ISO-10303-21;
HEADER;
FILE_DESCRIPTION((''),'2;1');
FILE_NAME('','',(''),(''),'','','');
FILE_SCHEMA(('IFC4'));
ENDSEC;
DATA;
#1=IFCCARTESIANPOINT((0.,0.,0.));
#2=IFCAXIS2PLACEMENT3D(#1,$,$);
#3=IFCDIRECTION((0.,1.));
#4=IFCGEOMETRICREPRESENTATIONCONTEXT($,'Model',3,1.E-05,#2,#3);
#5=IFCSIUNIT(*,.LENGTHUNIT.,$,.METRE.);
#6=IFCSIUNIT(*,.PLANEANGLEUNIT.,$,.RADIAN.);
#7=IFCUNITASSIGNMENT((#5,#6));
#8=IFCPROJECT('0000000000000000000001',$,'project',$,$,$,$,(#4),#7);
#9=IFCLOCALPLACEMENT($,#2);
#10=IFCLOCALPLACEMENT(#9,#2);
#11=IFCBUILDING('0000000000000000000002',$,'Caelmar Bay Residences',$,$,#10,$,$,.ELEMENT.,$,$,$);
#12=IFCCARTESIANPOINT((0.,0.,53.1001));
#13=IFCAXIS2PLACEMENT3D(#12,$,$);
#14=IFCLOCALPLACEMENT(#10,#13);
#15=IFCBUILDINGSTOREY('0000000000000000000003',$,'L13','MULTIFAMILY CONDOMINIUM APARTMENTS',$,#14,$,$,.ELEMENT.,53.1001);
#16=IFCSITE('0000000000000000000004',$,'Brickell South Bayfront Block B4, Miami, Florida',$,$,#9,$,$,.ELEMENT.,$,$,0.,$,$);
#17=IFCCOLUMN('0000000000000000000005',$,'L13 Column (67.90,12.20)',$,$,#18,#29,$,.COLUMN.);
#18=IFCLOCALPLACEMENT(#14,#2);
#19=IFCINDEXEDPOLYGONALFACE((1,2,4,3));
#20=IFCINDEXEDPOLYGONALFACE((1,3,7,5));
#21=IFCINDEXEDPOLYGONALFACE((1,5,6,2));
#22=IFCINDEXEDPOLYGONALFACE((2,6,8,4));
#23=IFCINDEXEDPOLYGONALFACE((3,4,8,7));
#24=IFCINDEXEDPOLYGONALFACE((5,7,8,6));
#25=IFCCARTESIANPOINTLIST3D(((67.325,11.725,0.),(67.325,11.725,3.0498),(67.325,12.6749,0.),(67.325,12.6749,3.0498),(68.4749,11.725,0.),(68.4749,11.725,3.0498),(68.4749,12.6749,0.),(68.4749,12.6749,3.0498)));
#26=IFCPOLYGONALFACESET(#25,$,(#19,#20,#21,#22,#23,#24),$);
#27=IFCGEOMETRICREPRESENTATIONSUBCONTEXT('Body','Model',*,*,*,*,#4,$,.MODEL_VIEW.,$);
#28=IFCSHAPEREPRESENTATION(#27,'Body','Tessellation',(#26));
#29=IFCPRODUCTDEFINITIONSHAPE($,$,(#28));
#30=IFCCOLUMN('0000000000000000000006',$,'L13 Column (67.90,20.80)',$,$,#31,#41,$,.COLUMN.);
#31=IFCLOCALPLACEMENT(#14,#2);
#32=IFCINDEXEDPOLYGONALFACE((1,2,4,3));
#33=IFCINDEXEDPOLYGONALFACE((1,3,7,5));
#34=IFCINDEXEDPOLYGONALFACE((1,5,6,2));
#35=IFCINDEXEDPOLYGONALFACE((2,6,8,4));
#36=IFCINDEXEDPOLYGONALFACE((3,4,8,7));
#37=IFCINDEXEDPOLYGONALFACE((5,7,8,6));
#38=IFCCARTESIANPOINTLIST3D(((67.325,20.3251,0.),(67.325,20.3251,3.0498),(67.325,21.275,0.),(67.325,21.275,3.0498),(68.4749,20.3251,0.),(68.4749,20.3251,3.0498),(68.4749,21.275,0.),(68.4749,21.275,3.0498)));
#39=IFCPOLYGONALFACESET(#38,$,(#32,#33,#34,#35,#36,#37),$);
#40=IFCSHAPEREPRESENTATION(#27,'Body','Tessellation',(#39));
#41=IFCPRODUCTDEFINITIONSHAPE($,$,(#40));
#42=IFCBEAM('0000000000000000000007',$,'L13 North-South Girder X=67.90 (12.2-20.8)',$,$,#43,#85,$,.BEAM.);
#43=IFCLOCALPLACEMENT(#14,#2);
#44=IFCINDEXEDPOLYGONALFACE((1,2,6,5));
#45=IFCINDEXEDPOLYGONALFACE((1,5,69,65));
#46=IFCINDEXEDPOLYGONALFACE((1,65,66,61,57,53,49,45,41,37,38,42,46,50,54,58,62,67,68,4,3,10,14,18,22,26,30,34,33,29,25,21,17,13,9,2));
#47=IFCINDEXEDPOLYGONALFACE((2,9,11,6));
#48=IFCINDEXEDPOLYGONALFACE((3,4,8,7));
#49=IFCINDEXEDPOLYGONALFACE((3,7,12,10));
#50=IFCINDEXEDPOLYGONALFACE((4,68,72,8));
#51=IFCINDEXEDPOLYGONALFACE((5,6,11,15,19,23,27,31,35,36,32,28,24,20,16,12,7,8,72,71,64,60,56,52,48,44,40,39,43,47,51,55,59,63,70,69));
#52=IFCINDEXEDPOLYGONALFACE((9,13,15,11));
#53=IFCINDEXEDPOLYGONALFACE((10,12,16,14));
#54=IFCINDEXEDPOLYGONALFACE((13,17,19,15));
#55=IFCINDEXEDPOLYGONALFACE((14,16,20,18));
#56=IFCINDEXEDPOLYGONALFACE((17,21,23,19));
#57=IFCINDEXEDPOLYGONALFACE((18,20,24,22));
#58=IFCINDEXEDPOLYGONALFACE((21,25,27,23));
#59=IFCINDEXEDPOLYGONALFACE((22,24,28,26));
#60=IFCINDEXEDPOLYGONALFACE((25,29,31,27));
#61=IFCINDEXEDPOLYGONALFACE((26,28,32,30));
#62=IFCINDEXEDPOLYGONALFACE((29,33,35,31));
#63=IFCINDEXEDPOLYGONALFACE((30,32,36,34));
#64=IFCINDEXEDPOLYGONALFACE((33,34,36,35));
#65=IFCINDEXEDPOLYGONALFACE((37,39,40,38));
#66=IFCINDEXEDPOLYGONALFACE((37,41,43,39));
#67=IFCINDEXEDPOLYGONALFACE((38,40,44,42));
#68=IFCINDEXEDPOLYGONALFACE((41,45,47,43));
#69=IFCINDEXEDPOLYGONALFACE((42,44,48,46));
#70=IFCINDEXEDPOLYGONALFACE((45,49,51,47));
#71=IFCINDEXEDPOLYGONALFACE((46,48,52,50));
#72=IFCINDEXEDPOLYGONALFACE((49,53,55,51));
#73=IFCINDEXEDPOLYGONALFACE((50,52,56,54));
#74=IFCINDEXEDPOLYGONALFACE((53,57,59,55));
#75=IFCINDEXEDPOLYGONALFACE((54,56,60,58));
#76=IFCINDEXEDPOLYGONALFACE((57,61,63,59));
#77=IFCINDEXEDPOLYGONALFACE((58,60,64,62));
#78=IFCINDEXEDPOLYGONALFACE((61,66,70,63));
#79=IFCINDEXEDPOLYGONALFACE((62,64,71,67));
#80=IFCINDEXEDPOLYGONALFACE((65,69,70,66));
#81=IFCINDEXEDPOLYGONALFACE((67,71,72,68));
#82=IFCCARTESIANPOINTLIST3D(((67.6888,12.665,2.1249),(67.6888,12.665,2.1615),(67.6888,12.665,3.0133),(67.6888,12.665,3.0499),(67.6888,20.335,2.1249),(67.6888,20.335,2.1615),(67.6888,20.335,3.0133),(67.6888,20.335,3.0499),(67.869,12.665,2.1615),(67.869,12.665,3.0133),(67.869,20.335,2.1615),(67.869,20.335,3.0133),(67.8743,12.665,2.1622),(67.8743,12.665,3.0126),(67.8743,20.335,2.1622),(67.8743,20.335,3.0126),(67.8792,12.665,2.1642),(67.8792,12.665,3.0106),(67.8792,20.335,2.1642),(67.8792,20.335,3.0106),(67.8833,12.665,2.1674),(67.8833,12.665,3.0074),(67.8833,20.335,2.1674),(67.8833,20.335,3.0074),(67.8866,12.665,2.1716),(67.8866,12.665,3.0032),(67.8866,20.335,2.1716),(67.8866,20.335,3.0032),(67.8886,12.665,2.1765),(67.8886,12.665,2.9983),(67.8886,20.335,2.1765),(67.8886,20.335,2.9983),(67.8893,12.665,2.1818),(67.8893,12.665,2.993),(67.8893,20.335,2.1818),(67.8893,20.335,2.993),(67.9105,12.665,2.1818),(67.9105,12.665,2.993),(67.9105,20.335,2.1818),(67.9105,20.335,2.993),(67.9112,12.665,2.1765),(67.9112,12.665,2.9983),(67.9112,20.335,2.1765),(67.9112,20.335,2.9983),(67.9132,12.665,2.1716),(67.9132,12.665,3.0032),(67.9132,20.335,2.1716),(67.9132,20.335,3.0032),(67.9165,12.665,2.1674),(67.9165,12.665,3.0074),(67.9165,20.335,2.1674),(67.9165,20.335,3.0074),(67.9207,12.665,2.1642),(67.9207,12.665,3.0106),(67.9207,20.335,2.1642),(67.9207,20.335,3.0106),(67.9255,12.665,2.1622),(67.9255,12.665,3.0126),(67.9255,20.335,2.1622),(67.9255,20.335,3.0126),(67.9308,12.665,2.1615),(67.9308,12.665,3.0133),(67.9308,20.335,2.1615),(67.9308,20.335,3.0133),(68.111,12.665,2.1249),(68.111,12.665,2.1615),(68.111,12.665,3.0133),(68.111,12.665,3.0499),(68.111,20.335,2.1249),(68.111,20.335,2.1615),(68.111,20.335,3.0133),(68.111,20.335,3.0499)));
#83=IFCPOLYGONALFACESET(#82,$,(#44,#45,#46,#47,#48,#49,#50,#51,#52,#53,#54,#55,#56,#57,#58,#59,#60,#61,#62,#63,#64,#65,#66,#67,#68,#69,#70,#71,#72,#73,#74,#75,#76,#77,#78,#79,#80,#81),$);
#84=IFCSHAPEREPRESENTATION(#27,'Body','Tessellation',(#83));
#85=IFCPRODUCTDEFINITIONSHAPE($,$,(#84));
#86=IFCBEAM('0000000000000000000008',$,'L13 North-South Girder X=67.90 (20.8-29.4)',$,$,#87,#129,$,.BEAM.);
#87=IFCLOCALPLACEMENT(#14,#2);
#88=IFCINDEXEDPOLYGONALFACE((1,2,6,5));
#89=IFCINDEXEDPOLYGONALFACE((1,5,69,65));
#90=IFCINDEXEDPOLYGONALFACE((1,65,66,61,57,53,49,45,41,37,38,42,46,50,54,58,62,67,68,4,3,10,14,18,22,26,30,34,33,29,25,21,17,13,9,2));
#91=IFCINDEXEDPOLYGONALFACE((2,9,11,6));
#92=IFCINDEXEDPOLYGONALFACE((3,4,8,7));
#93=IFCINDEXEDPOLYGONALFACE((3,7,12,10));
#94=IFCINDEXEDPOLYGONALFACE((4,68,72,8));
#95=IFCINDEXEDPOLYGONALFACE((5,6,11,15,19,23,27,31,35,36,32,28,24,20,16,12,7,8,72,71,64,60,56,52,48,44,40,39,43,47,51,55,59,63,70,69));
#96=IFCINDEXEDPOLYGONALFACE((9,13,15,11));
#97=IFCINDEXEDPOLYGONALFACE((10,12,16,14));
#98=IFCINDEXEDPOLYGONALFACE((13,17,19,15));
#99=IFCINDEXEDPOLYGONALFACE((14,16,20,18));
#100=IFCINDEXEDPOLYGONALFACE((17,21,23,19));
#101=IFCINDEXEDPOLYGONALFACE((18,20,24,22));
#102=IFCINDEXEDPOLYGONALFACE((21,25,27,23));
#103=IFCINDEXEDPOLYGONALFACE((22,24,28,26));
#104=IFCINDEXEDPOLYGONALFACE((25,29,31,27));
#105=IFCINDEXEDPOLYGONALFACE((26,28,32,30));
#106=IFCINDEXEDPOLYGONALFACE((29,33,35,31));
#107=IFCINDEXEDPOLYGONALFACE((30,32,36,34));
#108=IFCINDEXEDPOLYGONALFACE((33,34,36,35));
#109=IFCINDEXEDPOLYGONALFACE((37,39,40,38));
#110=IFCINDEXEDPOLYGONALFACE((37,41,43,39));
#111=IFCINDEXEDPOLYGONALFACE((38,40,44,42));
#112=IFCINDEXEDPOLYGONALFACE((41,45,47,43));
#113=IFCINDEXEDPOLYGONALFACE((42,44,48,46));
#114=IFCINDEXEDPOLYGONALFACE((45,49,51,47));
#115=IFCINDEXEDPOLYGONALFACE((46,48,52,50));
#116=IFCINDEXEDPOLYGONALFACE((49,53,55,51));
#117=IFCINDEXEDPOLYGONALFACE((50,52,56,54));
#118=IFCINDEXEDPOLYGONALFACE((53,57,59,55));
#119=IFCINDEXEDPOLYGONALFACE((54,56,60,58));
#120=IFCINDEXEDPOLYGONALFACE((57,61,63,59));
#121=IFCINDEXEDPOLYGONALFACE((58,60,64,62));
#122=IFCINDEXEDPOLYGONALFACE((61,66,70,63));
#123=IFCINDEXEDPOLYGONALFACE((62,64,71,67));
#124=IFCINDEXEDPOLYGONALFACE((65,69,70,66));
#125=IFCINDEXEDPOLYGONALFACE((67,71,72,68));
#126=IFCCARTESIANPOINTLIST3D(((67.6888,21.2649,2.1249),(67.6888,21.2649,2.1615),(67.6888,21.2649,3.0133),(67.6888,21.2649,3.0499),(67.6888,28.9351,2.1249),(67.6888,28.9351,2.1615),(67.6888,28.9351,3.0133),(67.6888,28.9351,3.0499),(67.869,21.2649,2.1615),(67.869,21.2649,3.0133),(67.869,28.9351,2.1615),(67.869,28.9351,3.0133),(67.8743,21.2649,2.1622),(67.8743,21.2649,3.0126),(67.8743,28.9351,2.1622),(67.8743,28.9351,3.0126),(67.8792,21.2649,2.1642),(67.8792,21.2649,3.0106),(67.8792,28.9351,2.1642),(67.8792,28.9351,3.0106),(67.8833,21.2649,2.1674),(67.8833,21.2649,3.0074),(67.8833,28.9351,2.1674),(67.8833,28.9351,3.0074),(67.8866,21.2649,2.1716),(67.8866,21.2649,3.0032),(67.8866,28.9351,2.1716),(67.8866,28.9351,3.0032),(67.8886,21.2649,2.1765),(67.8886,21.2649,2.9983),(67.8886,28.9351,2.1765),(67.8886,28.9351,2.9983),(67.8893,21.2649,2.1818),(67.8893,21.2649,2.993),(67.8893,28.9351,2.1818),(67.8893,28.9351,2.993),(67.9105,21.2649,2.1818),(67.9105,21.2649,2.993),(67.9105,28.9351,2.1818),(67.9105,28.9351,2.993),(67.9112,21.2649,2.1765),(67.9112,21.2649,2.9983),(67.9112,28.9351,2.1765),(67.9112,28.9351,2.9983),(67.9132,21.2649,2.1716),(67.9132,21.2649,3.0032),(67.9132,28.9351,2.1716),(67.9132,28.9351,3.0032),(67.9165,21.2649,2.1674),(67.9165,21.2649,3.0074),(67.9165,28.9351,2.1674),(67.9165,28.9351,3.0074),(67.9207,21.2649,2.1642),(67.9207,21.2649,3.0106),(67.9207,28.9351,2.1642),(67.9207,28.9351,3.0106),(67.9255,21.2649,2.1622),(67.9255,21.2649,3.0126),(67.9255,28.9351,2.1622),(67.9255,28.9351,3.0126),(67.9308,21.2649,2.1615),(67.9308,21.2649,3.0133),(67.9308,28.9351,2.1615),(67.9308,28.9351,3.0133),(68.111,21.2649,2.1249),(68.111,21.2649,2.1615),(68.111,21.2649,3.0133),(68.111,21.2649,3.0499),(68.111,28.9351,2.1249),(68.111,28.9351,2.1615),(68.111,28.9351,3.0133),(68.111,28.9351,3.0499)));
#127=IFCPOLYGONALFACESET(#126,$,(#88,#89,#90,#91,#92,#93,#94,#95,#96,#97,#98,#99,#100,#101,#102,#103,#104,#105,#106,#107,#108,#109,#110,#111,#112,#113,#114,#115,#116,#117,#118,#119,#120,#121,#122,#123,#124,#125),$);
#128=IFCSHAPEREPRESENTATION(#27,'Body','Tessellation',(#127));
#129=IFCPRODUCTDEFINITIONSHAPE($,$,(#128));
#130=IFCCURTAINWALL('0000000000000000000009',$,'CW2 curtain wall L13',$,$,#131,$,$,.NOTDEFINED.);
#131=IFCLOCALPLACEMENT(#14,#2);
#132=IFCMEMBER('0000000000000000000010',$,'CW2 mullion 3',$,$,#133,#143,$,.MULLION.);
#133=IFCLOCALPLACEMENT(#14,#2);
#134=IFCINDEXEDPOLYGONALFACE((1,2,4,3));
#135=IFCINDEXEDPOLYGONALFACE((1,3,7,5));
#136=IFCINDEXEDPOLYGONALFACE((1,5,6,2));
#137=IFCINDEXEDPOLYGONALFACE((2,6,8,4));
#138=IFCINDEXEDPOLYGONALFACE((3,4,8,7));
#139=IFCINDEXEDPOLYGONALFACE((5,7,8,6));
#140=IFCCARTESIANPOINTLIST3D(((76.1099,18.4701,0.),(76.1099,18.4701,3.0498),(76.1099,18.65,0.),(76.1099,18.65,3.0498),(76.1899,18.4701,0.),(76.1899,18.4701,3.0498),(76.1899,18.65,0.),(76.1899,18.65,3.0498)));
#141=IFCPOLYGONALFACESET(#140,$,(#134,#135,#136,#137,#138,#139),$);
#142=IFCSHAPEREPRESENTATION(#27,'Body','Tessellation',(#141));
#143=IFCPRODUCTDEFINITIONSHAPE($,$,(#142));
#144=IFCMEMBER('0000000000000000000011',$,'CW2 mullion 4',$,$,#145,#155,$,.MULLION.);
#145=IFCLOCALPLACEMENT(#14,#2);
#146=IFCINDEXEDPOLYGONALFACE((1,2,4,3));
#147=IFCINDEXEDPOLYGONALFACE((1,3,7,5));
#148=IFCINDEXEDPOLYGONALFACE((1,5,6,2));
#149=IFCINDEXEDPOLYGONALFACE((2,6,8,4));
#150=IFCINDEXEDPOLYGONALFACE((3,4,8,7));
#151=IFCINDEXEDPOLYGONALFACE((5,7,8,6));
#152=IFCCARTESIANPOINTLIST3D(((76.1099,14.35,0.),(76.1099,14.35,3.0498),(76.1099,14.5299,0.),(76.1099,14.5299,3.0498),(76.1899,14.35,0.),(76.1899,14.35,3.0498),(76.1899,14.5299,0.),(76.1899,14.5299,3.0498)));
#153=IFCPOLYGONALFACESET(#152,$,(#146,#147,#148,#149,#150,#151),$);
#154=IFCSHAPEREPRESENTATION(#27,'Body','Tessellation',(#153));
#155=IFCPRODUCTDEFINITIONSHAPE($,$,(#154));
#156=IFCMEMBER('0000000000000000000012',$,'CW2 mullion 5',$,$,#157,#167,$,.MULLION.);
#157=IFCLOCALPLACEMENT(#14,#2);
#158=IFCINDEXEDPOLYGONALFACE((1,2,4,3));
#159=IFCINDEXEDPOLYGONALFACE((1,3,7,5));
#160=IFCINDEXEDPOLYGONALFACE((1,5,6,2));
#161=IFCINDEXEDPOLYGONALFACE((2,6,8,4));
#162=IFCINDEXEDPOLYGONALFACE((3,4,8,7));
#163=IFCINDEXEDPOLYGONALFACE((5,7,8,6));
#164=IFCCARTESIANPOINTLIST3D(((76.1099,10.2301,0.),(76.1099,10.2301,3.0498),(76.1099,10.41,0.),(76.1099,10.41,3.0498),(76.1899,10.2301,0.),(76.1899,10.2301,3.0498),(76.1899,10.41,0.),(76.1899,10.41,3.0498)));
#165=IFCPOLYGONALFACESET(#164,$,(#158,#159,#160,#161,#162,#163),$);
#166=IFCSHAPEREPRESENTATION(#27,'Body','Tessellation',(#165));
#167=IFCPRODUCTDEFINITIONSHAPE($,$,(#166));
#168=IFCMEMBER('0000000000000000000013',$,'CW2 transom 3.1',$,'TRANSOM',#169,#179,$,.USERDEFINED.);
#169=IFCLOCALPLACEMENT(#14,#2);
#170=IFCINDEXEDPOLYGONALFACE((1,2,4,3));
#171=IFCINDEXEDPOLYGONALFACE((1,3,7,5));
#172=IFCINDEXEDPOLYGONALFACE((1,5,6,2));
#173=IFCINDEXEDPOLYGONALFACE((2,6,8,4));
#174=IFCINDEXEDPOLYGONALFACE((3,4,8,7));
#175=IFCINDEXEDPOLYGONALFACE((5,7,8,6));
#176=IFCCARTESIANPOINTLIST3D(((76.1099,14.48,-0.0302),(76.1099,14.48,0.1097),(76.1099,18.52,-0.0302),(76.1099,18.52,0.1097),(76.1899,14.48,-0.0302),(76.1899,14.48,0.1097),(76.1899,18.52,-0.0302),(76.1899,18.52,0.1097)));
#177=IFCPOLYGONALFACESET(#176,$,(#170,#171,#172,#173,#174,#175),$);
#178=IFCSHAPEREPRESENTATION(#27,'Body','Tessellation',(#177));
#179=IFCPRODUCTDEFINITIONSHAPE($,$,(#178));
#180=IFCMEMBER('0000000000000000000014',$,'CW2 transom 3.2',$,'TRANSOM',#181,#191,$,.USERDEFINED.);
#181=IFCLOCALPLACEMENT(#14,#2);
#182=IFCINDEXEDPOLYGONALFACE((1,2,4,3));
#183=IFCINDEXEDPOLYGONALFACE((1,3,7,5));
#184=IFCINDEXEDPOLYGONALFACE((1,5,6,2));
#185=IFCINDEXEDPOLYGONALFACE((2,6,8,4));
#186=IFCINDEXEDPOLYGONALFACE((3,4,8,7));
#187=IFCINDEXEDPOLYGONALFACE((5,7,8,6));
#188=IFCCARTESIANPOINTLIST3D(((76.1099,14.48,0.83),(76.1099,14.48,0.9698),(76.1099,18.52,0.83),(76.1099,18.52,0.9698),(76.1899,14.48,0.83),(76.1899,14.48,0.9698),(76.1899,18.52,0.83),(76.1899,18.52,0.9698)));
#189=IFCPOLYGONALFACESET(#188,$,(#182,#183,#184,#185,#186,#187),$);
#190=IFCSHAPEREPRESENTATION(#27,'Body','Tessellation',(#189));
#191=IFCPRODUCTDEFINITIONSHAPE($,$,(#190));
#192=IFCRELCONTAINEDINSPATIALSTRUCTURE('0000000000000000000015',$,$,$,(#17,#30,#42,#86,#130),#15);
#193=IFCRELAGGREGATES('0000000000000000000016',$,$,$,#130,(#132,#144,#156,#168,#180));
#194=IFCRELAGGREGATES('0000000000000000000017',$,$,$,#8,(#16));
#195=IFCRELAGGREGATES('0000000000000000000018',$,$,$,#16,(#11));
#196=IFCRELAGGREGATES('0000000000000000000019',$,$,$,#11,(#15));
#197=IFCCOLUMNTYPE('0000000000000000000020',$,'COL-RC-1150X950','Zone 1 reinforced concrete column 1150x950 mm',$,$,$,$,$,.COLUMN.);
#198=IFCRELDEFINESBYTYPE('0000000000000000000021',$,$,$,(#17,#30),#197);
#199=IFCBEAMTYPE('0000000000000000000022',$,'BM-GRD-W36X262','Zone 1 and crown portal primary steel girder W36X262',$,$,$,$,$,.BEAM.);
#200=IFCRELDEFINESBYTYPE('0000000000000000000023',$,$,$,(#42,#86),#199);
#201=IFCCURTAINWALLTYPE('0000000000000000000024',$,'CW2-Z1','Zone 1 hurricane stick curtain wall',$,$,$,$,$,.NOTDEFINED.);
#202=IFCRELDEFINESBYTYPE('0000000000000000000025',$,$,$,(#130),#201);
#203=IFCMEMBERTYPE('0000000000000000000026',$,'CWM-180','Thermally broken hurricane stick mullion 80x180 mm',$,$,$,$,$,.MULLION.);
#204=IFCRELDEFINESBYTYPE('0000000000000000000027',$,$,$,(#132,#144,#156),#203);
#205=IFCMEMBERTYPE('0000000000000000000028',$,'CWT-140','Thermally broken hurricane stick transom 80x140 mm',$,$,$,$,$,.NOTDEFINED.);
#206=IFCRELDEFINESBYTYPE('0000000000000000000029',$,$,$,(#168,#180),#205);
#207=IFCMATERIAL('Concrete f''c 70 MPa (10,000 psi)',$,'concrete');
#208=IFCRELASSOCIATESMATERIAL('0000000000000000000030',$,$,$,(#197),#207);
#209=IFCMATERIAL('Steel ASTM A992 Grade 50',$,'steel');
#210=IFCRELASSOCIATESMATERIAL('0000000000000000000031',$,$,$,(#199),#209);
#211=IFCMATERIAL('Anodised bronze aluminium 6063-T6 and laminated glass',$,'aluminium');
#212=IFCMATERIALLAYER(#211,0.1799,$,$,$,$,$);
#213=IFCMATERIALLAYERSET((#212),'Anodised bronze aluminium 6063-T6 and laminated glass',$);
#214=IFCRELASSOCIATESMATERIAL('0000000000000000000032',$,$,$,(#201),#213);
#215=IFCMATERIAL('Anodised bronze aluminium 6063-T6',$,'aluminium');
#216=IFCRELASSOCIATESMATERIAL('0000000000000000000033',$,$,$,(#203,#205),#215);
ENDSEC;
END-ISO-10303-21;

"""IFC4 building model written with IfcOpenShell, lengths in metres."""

from ifc_helpers import new_model, si_unit, direction, frame, origin, origin_2d, place, context, subcontext, project, spatial, rectangle, i_section, extrude, material, layer, layer_set, material_profile, profile_set, type_object, element, aggregate, save


model = new_model("IFC4")

# Units and contexts
model_context = context("Model", 3, precision=1e-05, world=origin(), true_north=direction((0.0, 1.0)))
body_context = subcontext(model_context, "Body", "Model", "MODEL_VIEW")
ifc_project = project(units=[si_unit("LENGTHUNIT", "METRE"), si_unit("PLANEANGLEUNIT", "RADIAN")], contexts=[model_context])

# Site, building, storey
site_placement = place(None, origin())
site = spatial("IfcSite", under=ifc_project, at=site_placement, Name="Brickell South Bayfront Block B4, Miami, Florida", CompositionType="ELEMENT", RefElevation=0.0)
building_placement = place(site_placement, origin())
building = spatial("IfcBuilding", under=site, at=building_placement, Name="Caelmar Bay Residences", CompositionType="ELEMENT")
storey_placement = place(building_placement, frame((0.0, 0.0, 53.1001)))
storey = spatial("IfcBuildingStorey", under=building, at=storey_placement, Name="L13", Description="MULTIFAMILY CONDOMINIUM APARTMENTS", CompositionType="ELEMENT", Elevation=53.1001)

# Columns
ifc_material_1 = material(Name="Concrete f'c 70 MPa (10,000 psi)", Category="concrete")
ifc_material_profile_1 = material_profile(ifc_material_1, rectangle(XDim=1.1499, YDim=0.95, at=origin_2d()), Name="RC-COL-1150X950")
ifc_profile_set_1 = profile_set([ifc_material_profile_1], Name="Concrete f'c 70 MPa (10,000 psi)")
column_type = type_object("IfcColumnType", Name="COL-RC-1150X950", Description="Zone 1 reinforced concrete column 1150x950 mm", PredefinedType="COLUMN", material=ifc_profile_set_1)
for number, where, z_axis, x_axis, name in (
    (1, (67.8999, 12.2, 0.0), (0.0, 0.0, 1.0), (1.0, 0.0, 0.0), "L13 Column (67.90,12.20)"),
    (2, (67.8999, 20.8, 0.0), (0.0, 0.0, 1.0), (1.0, 0.0, 0.0), "L13 Column (67.90,20.80)"),
):
    element("IfcColumn", number, at=place(storey_placement, frame(where, z_axis=z_axis, x_axis=x_axis)), inside=storey, type_object=column_type, Name=name, PredefinedType="COLUMN", context=body_context, shape_type="SweptSolid", body=[
        extrude(rectangle(XDim=1.1499, YDim=0.95, at=origin_2d()), origin(), (0.0, 0.0, 1.0), 3.0498),
    ])

# Beams
ifc_material_2 = material(Name="Steel ASTM A992 Grade 50", Category="steel")
ifc_material_profile_2 = material_profile(ifc_material_2, i_section(OverallWidth=0.4221, OverallDepth=0.925, WebThickness=0.0212, FlangeThickness=0.0366, FilletRadius=0.0203, at=origin_2d()), Name="W36X262")
ifc_profile_set_2 = profile_set([ifc_material_profile_2], Name="Steel ASTM A992 Grade 50")
beam_type = type_object("IfcBeamType", Name="BM-GRD-W36X262", Description="Zone 1 and crown portal primary steel girder W36X262", PredefinedType="BEAM", material=ifc_profile_set_2)
beam_1_placement = place(storey_placement, frame((67.8999, 12.665, 2.5874), z_axis=(0.0, 1.0, 0.0), x_axis=(-1.0, 0.0, 0.0)))
element("IfcBeam", 3, at=beam_1_placement, inside=storey, type_object=beam_type, Name="L13 North-South Girder X=67.90 (12.2-20.8)", PredefinedType="BEAM", context=body_context, shape_type="SweptSolid", body=[
    extrude(i_section(OverallWidth=0.4221, OverallDepth=0.925, WebThickness=0.0212, FlangeThickness=0.0366, FilletRadius=0.0203, at=origin_2d()), origin(), (0.0, 0.0, 1.0), 7.6699),
])
beam_2_placement = place(storey_placement, frame((67.8999, 21.2649, 2.5874), z_axis=(0.0, 1.0, 0.0), x_axis=(-1.0, 0.0, 0.0)))
element("IfcBeam", 4, at=beam_2_placement, inside=storey, type_object=beam_type, Name="L13 North-South Girder X=67.90 (20.8-29.4)", PredefinedType="BEAM", context=body_context, shape_type="SweptSolid", body=[
    extrude(i_section(OverallWidth=0.4221, OverallDepth=0.925, WebThickness=0.0212, FlangeThickness=0.0366, FilletRadius=0.0203, at=origin_2d()), origin(), (0.0, 0.0, 1.0), 7.6702),
])

# Curtain wall, members
ifc_material_3 = material(Name="Anodised bronze aluminium 6063-T6 and laminated glass", Category="aluminium")
ifc_layer_1 = layer(ifc_material_3, 0.1799)
ifc_layer_set_1 = layer_set([ifc_layer_1], Name="Anodised bronze aluminium 6063-T6 and laminated glass")
curtain_wall_type = type_object("IfcCurtainWallType", Name="CW2-Z1", Description="Zone 1 hurricane stick curtain wall", PredefinedType="NOTDEFINED", material=ifc_layer_set_1)
curtain_wall_placement = place(storey_placement, origin())
curtain_wall = element("IfcCurtainWall", 5, at=curtain_wall_placement, inside=storey, type_object=curtain_wall_type, Name="CW2 curtain wall L13", PredefinedType="NOTDEFINED")
ifc_material_4 = material(Name="Anodised bronze aluminium 6063-T6", Category="aluminium")
ifc_material_profile_3 = material_profile(ifc_material_4, rectangle(XDim=0.0801, YDim=0.1799, at=origin_2d()), Name="CWM-80X180")
ifc_profile_set_3 = profile_set([ifc_material_profile_3], Name="Anodised bronze aluminium 6063-T6")
member_type_1 = type_object("IfcMemberType", Name="CWM-180", Description="Thermally broken hurricane stick mullion 80x180 mm", PredefinedType="MULLION", material=ifc_profile_set_3)
member_1_placement = place(storey_placement, frame((76.1499, 18.5601, 0.0), z_axis=(0.0, 0.0, 1.0), x_axis=(1.0, 0.0, 0.0)))
member_1 = element("IfcMember", 6, at=member_1_placement, type_object=member_type_1, Name="CW2 mullion 3", PredefinedType="MULLION", context=body_context, shape_type="SweptSolid", body=[
    extrude(rectangle(XDim=0.0801, YDim=0.1799, at=origin_2d()), origin(), (0.0, 0.0, 1.0), 3.0498),
])
member_2_placement = place(storey_placement, frame((76.1499, 14.4399, 0.0), z_axis=(0.0, 0.0, 1.0), x_axis=(1.0, 0.0, 0.0)))
member_2 = element("IfcMember", 7, at=member_2_placement, type_object=member_type_1, Name="CW2 mullion 4", PredefinedType="MULLION", context=body_context, shape_type="SweptSolid", body=[
    extrude(rectangle(XDim=0.0801, YDim=0.1799, at=origin_2d()), origin(), (0.0, 0.0, 1.0), 3.0498),
])
member_3_placement = place(storey_placement, frame((76.1499, 10.3201, 0.0), z_axis=(0.0, 0.0, 1.0), x_axis=(1.0, 0.0, 0.0)))
member_3 = element("IfcMember", 8, at=member_3_placement, type_object=member_type_1, Name="CW2 mullion 5", PredefinedType="MULLION", context=body_context, shape_type="SweptSolid", body=[
    extrude(rectangle(XDim=0.0801, YDim=0.1799, at=origin_2d()), origin(), (0.0, 0.0, 1.0), 3.0498),
])
ifc_material_profile_4 = material_profile(ifc_material_4, rectangle(XDim=0.0801, YDim=0.1399, at=origin_2d()), Name="CWT-80X140")
ifc_profile_set_4 = profile_set([ifc_material_profile_4], Name="Anodised bronze aluminium 6063-T6")
member_type_2 = type_object("IfcMemberType", Name="CWT-140", Description="Thermally broken hurricane stick transom 80x140 mm", PredefinedType="NOTDEFINED", material=ifc_profile_set_4)
member_4_placement = place(storey_placement, frame((76.1499, 18.52, 0.0398), z_axis=(0.0, -1.0, 0.0), x_axis=(1.0, 0.0, 0.0)))
member_4 = element("IfcMember", 9, at=member_4_placement, type_object=member_type_2, Name="CW2 transom 3.1", ObjectType="TRANSOM", PredefinedType="USERDEFINED", context=body_context, shape_type="SweptSolid", body=[
    extrude(rectangle(XDim=0.0801, YDim=0.1399, at=origin_2d()), origin(), (0.0, 0.0, 1.0), 4.04),
])
member_5_placement = place(storey_placement, frame((76.1499, 18.52, 0.8999), z_axis=(0.0, -1.0, 0.0), x_axis=(1.0, 0.0, 0.0)))
member_5 = element("IfcMember", 10, at=member_5_placement, type_object=member_type_2, Name="CW2 transom 3.2", ObjectType="TRANSOM", PredefinedType="USERDEFINED", context=body_context, shape_type="SweptSolid", body=[
    extrude(rectangle(XDim=0.0801, YDim=0.1399, at=origin_2d()), origin(), (0.0, 0.0, 1.0), 4.04),
])
aggregate(curtain_wall, [member_1, member_2, member_3, member_4, member_5])

save(model, "model.ifc")
